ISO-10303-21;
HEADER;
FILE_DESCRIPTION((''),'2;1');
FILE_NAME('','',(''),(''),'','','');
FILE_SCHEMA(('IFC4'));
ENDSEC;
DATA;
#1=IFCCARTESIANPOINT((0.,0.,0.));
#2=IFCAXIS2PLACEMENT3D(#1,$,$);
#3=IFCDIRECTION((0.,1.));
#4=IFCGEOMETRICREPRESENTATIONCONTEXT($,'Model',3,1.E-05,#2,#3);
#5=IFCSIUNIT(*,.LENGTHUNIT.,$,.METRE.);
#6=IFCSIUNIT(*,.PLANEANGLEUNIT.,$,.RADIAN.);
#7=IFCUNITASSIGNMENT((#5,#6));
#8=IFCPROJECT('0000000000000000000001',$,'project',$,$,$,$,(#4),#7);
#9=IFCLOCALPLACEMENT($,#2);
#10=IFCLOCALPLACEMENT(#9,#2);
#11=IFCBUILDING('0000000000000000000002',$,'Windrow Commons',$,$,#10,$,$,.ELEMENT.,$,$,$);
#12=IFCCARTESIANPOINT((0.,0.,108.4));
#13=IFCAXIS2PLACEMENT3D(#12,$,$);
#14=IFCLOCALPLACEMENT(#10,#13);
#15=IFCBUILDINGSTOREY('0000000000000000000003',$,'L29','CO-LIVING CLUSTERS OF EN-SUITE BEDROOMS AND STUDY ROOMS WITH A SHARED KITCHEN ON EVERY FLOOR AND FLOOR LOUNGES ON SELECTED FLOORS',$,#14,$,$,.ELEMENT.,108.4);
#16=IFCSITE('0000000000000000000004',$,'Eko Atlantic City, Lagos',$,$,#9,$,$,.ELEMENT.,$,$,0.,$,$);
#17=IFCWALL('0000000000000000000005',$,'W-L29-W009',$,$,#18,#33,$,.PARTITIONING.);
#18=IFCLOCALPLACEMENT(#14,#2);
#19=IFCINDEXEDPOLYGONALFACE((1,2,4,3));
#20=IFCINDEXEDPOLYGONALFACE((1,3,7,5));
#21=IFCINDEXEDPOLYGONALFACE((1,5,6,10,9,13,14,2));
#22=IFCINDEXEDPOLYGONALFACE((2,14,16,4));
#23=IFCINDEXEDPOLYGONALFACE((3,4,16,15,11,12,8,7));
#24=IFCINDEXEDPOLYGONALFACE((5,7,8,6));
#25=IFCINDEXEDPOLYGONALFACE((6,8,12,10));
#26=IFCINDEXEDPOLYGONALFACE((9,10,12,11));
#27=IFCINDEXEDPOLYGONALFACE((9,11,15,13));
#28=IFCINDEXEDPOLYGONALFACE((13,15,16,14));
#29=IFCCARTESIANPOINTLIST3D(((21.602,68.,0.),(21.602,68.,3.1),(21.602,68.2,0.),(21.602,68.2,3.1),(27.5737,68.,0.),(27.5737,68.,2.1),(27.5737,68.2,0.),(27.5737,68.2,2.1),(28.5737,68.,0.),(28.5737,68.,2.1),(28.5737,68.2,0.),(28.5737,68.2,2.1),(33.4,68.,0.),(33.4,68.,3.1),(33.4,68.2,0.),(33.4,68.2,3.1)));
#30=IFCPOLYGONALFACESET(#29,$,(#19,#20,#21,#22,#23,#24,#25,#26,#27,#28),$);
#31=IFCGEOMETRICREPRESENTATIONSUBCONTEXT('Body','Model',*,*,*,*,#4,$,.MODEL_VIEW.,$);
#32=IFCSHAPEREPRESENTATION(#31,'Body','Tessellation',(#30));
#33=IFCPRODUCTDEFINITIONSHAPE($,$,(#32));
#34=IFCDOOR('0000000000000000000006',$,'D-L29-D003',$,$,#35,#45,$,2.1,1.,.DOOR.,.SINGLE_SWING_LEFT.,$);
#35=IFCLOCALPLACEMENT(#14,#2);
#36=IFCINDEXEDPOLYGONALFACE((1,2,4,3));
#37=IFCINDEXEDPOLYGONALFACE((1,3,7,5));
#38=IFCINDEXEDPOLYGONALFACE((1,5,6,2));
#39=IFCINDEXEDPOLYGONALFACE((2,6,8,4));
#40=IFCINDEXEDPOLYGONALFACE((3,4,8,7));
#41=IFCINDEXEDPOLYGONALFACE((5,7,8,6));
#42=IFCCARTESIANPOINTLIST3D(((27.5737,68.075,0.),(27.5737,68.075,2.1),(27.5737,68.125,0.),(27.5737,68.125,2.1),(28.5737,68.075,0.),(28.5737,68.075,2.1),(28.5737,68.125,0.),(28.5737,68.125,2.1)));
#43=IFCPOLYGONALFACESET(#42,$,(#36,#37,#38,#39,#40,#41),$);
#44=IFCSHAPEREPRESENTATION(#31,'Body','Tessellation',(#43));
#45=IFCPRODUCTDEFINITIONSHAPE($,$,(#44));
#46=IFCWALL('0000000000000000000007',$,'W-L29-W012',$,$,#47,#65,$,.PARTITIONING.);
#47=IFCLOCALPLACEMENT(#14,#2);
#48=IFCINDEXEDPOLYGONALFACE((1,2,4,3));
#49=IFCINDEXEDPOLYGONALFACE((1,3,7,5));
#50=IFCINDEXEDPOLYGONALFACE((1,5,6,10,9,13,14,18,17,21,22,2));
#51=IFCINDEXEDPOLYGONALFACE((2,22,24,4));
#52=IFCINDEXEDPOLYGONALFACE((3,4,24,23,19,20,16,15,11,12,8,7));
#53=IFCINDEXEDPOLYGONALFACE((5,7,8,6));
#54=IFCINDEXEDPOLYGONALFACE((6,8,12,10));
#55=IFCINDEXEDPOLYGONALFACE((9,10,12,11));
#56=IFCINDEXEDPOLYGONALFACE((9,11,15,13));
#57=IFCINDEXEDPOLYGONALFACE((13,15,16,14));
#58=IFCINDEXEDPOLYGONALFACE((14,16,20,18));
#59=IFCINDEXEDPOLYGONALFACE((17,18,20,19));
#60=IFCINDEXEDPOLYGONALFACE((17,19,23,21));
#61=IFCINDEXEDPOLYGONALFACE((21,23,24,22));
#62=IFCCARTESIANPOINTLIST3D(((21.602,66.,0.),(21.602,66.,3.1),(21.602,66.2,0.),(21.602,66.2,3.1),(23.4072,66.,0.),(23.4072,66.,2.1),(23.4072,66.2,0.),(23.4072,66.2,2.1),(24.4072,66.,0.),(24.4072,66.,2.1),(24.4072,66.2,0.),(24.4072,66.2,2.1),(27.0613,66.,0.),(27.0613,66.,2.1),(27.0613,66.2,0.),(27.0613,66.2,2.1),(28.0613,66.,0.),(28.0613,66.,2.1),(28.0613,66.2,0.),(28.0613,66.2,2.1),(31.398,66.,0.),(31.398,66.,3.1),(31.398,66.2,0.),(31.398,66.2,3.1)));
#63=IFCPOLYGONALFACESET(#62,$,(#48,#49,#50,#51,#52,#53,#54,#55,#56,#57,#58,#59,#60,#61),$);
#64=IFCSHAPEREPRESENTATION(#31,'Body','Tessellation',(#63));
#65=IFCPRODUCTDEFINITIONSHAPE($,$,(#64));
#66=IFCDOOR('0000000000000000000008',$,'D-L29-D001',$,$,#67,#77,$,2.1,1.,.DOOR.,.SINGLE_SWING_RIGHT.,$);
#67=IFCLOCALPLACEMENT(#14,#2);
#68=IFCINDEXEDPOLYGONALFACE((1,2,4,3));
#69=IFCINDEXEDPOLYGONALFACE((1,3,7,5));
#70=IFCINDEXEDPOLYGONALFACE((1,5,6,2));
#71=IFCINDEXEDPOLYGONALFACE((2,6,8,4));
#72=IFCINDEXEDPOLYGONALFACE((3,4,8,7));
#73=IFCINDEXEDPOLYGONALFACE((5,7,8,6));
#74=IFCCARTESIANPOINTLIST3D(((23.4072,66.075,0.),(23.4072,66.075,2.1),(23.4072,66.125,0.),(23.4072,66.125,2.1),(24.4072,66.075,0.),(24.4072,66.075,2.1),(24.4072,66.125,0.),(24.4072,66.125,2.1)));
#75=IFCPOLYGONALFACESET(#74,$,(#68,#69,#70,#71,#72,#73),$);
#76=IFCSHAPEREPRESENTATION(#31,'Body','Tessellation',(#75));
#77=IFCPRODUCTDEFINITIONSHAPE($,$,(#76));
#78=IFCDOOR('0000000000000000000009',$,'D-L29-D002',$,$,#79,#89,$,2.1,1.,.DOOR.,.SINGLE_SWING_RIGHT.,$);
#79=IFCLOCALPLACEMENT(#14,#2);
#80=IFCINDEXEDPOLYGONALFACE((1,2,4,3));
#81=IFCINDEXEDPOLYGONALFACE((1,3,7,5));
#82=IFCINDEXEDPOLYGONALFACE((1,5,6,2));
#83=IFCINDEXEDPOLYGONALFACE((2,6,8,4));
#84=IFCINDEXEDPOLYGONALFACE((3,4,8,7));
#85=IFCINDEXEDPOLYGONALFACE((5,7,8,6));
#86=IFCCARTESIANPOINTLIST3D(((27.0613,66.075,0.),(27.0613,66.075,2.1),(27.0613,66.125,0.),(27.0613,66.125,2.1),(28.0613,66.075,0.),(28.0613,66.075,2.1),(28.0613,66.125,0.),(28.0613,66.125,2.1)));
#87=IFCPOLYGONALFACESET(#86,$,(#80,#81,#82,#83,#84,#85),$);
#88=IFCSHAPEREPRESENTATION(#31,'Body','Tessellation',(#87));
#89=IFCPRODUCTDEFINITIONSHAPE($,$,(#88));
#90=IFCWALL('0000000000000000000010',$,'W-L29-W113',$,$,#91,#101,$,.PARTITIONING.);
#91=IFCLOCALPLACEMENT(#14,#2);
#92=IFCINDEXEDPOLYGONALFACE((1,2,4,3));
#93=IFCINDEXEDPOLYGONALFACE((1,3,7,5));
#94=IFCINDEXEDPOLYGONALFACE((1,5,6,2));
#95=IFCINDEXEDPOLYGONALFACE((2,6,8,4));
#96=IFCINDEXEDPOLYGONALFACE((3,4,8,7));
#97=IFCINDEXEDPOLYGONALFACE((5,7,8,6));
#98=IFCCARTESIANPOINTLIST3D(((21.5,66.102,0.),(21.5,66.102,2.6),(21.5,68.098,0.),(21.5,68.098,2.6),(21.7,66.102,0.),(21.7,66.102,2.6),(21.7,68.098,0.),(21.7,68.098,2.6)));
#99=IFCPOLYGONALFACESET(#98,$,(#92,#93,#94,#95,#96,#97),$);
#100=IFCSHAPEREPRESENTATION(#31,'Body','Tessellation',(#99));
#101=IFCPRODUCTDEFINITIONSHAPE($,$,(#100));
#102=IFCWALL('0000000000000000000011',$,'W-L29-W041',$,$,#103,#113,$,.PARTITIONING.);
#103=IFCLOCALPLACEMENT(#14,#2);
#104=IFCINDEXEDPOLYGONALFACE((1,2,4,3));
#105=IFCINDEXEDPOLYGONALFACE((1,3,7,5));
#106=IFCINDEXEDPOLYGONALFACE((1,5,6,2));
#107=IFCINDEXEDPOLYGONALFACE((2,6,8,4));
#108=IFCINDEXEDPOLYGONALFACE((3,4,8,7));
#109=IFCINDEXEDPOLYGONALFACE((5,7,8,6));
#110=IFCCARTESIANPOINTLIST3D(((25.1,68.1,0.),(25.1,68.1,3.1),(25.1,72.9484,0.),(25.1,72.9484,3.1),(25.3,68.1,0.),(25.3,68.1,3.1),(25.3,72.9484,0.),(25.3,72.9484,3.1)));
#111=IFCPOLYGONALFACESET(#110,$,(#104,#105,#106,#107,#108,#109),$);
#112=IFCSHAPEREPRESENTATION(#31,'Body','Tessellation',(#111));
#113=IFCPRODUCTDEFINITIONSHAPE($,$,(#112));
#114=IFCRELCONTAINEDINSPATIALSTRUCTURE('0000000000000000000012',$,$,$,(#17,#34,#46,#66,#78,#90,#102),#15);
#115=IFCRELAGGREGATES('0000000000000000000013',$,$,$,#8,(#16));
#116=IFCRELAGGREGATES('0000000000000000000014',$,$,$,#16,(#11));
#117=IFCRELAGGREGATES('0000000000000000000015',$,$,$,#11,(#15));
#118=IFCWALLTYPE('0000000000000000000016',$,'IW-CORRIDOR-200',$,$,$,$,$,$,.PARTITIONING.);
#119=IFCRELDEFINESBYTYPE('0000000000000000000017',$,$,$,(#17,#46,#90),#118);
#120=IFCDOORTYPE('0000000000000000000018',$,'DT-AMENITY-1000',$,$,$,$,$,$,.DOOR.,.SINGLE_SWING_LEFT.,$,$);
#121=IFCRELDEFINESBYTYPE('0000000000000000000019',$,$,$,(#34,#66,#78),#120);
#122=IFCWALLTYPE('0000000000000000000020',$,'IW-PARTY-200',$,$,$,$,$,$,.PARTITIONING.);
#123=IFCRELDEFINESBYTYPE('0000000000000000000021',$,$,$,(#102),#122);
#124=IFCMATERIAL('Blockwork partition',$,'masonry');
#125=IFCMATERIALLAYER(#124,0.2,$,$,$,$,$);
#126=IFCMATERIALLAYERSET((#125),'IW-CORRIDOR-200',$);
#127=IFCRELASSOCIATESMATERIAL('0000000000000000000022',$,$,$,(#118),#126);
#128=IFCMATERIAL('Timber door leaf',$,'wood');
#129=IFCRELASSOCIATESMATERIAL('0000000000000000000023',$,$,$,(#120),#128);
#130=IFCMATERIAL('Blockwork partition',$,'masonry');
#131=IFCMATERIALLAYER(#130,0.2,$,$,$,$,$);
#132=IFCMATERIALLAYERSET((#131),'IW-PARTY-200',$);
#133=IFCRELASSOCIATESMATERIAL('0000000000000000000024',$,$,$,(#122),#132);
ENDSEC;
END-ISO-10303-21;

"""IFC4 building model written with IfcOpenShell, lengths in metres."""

from ifc_helpers import new_model, si_unit, direction, frame, frame_2d, origin, place, context, subcontext, project, spatial, rectangle, extrude, material, layer, layer_set, type_object, element, fill, save


model = new_model("IFC4")

# Units and contexts
model_context = context("Model", 3, precision=1e-05, world=origin(), true_north=direction((0.0, 1.0)))
body_context = subcontext(model_context, "Body", "Model", "MODEL_VIEW")
ifc_project = project(units=[si_unit("LENGTHUNIT", "METRE"), si_unit("PLANEANGLEUNIT", "RADIAN")], contexts=[model_context])

# Site, building, storey
site_placement = place(None, origin())
site = spatial("IfcSite", under=ifc_project, at=site_placement, Name="Eko Atlantic City, Lagos", CompositionType="ELEMENT", RefElevation=0.0)
building_placement = place(site_placement, origin())
building = spatial("IfcBuilding", under=site, at=building_placement, Name="Windrow Commons", CompositionType="ELEMENT")
storey_placement = place(building_placement, frame((0.0, 0.0, 108.4)))
storey = spatial("IfcBuildingStorey", under=building, at=storey_placement, Name="L29", Description="CO-LIVING CLUSTERS OF EN-SUITE BEDROOMS AND STUDY ROOMS WITH A SHARED KITCHEN ON EVERY FLOOR AND FLOOR LOUNGES ON SELECTED FLOORS", CompositionType="ELEMENT", Elevation=108.4)

# Wall, opening, door
ifc_material_1 = material(Name="Blockwork partition", Category="masonry")
ifc_layer_1 = layer(ifc_material_1, 0.2)
ifc_layer_set_1 = layer_set([ifc_layer_1], Name="IW-CORRIDOR-200")
wall_type_1 = type_object("IfcWallType", Name="IW-CORRIDOR-200", PredefinedType="PARTITIONING", material=ifc_layer_set_1)
wall_1_placement = place(storey_placement, frame((21.602, 68.1, 0.0), z_axis=(0.0, 0.0, 1.0), x_axis=(1.0, 0.0, 0.0)))
wall_1 = element("IfcWall", 1, at=wall_1_placement, inside=storey, type_object=wall_type_1, Name="W-L29-W009", PredefinedType="PARTITIONING", context=body_context, shape_type="SweptSolid", body=[
    extrude(rectangle(XDim=11.798, YDim=0.2, at=frame_2d((5.899, 0.0))), origin(), (0.0, 0.0, 1.0), 3.1),
])
opening_1_placement = place(wall_1_placement, frame((5.9717, 0.0, 0.0)))
opening_1 = element("IfcOpeningElement", 2, at=opening_1_placement, cuts=wall_1, PredefinedType="OPENING", context=body_context, shape_type="SweptSolid", body=[
    extrude(rectangle(XDim=1.0, YDim=2.1, at=frame_2d((0.5, 1.05))), frame((0.0, 0.11, 0.0), z_axis=(0.0, -1.0, 0.0), x_axis=(1.0, 0.0, 0.0)), (0.0, 0.0, 1.0), 0.22),
])
ifc_material_2 = material(Name="Timber door leaf", Category="wood")
door_type = type_object("IfcDoorType", Name="DT-AMENITY-1000", OperationType="SINGLE_SWING_LEFT", PredefinedType="DOOR", material=ifc_material_2)
door_1_placement = place(opening_1_placement, origin())
door_1 = element("IfcDoor", 3, at=door_1_placement, inside=storey, type_object=door_type, Name="D-L29-D003", OperationType="SINGLE_SWING_LEFT", OverallHeight=2.1, OverallWidth=1.0, PredefinedType="DOOR", context=body_context, shape_type="SweptSolid", body=[
    extrude(rectangle(XDim=1.0, YDim=2.1, at=frame_2d((0.5, 1.05))), frame((0.0, 0.025, 0.0), z_axis=(0.0, -1.0, 0.0), x_axis=(1.0, 0.0, 0.0)), (0.0, 0.0, 1.0), 0.05),
])
fill(opening_1, door_1)

# Wall, openings, doors
wall_2_placement = place(storey_placement, frame((21.602, 66.1, 0.0), z_axis=(0.0, 0.0, 1.0), x_axis=(1.0, 0.0, 0.0)))
wall_2 = element("IfcWall", 4, at=wall_2_placement, inside=storey, type_object=wall_type_1, Name="W-L29-W012", PredefinedType="PARTITIONING", context=body_context, shape_type="SweptSolid", body=[
    extrude(rectangle(XDim=9.796, YDim=0.2, at=frame_2d((4.898, 0.0))), origin(), (0.0, 0.0, 1.0), 3.1),
])
opening_2_placement = place(wall_2_placement, frame((1.8052, 0.0, 0.0)))
opening_2 = element("IfcOpeningElement", 5, at=opening_2_placement, cuts=wall_2, PredefinedType="OPENING", context=body_context, shape_type="SweptSolid", body=[
    extrude(rectangle(XDim=1.0, YDim=2.1, at=frame_2d((0.5, 1.05))), frame((0.0, 0.11, 0.0), z_axis=(0.0, -1.0, 0.0), x_axis=(1.0, 0.0, 0.0)), (0.0, 0.0, 1.0), 0.22),
])
opening_3_placement = place(wall_2_placement, frame((5.4593, 0.0, 0.0)))
opening_3 = element("IfcOpeningElement", 6, at=opening_3_placement, cuts=wall_2, PredefinedType="OPENING", context=body_context, shape_type="SweptSolid", body=[
    extrude(rectangle(XDim=1.0, YDim=2.1, at=frame_2d((0.5, 1.05))), frame((0.0, 0.11, 0.0), z_axis=(0.0, -1.0, 0.0), x_axis=(1.0, 0.0, 0.0)), (0.0, 0.0, 1.0), 0.22),
])
door_2_placement = place(opening_2_placement, origin())
door_2 = element("IfcDoor", 7, at=door_2_placement, inside=storey, type_object=door_type, Name="D-L29-D001", OperationType="SINGLE_SWING_RIGHT", OverallHeight=2.1, OverallWidth=1.0, PredefinedType="DOOR", context=body_context, shape_type="SweptSolid", body=[
    extrude(rectangle(XDim=1.0, YDim=2.1, at=frame_2d((0.5, 1.05))), frame((0.0, 0.025, 0.0), z_axis=(0.0, -1.0, 0.0), x_axis=(1.0, 0.0, 0.0)), (0.0, 0.0, 1.0), 0.05),
])
fill(opening_2, door_2)
door_3_placement = place(opening_3_placement, origin())
door_3 = element("IfcDoor", 8, at=door_3_placement, inside=storey, type_object=door_type, Name="D-L29-D002", OperationType="SINGLE_SWING_RIGHT", OverallHeight=2.1, OverallWidth=1.0, PredefinedType="DOOR", context=body_context, shape_type="SweptSolid", body=[
    extrude(rectangle(XDim=1.0, YDim=2.1, at=frame_2d((0.5, 1.05))), frame((0.0, 0.025, 0.0), z_axis=(0.0, -1.0, 0.0), x_axis=(1.0, 0.0, 0.0)), (0.0, 0.0, 1.0), 0.05),
])
fill(opening_3, door_3)

# Walls
wall_3_placement = place(storey_placement, frame((21.6, 66.102, 0.0), z_axis=(0.0, 0.0, 1.0), x_axis=(0.0, 1.0, 0.0)))
element("IfcWall", 9, at=wall_3_placement, inside=storey, type_object=wall_type_1, Name="W-L29-W113", PredefinedType="PARTITIONING", context=body_context, shape_type="SweptSolid", body=[
    extrude(rectangle(XDim=1.996, YDim=0.2, at=frame_2d((0.998, 0.0))), origin(), (0.0, 0.0, 1.0), 2.6),
])
ifc_material_3 = material(Name="Blockwork partition", Category="masonry")
ifc_layer_2 = layer(ifc_material_3, 0.2)
ifc_layer_set_2 = layer_set([ifc_layer_2], Name="IW-PARTY-200")
wall_type_2 = type_object("IfcWallType", Name="IW-PARTY-200", PredefinedType="PARTITIONING", material=ifc_layer_set_2)
wall_4_placement = place(storey_placement, frame((25.2, 68.1, 0.0), z_axis=(0.0, 0.0, 1.0), x_axis=(0.0, 1.0, 0.0)))
element("IfcWall", 10, at=wall_4_placement, inside=storey, type_object=wall_type_2, Name="W-L29-W041", PredefinedType="PARTITIONING", context=body_context, shape_type="SweptSolid", body=[
    extrude(rectangle(XDim=4.8484, YDim=0.2, at=frame_2d((2.4242, 0.0))), origin(), (0.0, 0.0, 1.0), 3.1),
])

save(model, "model.ifc")
